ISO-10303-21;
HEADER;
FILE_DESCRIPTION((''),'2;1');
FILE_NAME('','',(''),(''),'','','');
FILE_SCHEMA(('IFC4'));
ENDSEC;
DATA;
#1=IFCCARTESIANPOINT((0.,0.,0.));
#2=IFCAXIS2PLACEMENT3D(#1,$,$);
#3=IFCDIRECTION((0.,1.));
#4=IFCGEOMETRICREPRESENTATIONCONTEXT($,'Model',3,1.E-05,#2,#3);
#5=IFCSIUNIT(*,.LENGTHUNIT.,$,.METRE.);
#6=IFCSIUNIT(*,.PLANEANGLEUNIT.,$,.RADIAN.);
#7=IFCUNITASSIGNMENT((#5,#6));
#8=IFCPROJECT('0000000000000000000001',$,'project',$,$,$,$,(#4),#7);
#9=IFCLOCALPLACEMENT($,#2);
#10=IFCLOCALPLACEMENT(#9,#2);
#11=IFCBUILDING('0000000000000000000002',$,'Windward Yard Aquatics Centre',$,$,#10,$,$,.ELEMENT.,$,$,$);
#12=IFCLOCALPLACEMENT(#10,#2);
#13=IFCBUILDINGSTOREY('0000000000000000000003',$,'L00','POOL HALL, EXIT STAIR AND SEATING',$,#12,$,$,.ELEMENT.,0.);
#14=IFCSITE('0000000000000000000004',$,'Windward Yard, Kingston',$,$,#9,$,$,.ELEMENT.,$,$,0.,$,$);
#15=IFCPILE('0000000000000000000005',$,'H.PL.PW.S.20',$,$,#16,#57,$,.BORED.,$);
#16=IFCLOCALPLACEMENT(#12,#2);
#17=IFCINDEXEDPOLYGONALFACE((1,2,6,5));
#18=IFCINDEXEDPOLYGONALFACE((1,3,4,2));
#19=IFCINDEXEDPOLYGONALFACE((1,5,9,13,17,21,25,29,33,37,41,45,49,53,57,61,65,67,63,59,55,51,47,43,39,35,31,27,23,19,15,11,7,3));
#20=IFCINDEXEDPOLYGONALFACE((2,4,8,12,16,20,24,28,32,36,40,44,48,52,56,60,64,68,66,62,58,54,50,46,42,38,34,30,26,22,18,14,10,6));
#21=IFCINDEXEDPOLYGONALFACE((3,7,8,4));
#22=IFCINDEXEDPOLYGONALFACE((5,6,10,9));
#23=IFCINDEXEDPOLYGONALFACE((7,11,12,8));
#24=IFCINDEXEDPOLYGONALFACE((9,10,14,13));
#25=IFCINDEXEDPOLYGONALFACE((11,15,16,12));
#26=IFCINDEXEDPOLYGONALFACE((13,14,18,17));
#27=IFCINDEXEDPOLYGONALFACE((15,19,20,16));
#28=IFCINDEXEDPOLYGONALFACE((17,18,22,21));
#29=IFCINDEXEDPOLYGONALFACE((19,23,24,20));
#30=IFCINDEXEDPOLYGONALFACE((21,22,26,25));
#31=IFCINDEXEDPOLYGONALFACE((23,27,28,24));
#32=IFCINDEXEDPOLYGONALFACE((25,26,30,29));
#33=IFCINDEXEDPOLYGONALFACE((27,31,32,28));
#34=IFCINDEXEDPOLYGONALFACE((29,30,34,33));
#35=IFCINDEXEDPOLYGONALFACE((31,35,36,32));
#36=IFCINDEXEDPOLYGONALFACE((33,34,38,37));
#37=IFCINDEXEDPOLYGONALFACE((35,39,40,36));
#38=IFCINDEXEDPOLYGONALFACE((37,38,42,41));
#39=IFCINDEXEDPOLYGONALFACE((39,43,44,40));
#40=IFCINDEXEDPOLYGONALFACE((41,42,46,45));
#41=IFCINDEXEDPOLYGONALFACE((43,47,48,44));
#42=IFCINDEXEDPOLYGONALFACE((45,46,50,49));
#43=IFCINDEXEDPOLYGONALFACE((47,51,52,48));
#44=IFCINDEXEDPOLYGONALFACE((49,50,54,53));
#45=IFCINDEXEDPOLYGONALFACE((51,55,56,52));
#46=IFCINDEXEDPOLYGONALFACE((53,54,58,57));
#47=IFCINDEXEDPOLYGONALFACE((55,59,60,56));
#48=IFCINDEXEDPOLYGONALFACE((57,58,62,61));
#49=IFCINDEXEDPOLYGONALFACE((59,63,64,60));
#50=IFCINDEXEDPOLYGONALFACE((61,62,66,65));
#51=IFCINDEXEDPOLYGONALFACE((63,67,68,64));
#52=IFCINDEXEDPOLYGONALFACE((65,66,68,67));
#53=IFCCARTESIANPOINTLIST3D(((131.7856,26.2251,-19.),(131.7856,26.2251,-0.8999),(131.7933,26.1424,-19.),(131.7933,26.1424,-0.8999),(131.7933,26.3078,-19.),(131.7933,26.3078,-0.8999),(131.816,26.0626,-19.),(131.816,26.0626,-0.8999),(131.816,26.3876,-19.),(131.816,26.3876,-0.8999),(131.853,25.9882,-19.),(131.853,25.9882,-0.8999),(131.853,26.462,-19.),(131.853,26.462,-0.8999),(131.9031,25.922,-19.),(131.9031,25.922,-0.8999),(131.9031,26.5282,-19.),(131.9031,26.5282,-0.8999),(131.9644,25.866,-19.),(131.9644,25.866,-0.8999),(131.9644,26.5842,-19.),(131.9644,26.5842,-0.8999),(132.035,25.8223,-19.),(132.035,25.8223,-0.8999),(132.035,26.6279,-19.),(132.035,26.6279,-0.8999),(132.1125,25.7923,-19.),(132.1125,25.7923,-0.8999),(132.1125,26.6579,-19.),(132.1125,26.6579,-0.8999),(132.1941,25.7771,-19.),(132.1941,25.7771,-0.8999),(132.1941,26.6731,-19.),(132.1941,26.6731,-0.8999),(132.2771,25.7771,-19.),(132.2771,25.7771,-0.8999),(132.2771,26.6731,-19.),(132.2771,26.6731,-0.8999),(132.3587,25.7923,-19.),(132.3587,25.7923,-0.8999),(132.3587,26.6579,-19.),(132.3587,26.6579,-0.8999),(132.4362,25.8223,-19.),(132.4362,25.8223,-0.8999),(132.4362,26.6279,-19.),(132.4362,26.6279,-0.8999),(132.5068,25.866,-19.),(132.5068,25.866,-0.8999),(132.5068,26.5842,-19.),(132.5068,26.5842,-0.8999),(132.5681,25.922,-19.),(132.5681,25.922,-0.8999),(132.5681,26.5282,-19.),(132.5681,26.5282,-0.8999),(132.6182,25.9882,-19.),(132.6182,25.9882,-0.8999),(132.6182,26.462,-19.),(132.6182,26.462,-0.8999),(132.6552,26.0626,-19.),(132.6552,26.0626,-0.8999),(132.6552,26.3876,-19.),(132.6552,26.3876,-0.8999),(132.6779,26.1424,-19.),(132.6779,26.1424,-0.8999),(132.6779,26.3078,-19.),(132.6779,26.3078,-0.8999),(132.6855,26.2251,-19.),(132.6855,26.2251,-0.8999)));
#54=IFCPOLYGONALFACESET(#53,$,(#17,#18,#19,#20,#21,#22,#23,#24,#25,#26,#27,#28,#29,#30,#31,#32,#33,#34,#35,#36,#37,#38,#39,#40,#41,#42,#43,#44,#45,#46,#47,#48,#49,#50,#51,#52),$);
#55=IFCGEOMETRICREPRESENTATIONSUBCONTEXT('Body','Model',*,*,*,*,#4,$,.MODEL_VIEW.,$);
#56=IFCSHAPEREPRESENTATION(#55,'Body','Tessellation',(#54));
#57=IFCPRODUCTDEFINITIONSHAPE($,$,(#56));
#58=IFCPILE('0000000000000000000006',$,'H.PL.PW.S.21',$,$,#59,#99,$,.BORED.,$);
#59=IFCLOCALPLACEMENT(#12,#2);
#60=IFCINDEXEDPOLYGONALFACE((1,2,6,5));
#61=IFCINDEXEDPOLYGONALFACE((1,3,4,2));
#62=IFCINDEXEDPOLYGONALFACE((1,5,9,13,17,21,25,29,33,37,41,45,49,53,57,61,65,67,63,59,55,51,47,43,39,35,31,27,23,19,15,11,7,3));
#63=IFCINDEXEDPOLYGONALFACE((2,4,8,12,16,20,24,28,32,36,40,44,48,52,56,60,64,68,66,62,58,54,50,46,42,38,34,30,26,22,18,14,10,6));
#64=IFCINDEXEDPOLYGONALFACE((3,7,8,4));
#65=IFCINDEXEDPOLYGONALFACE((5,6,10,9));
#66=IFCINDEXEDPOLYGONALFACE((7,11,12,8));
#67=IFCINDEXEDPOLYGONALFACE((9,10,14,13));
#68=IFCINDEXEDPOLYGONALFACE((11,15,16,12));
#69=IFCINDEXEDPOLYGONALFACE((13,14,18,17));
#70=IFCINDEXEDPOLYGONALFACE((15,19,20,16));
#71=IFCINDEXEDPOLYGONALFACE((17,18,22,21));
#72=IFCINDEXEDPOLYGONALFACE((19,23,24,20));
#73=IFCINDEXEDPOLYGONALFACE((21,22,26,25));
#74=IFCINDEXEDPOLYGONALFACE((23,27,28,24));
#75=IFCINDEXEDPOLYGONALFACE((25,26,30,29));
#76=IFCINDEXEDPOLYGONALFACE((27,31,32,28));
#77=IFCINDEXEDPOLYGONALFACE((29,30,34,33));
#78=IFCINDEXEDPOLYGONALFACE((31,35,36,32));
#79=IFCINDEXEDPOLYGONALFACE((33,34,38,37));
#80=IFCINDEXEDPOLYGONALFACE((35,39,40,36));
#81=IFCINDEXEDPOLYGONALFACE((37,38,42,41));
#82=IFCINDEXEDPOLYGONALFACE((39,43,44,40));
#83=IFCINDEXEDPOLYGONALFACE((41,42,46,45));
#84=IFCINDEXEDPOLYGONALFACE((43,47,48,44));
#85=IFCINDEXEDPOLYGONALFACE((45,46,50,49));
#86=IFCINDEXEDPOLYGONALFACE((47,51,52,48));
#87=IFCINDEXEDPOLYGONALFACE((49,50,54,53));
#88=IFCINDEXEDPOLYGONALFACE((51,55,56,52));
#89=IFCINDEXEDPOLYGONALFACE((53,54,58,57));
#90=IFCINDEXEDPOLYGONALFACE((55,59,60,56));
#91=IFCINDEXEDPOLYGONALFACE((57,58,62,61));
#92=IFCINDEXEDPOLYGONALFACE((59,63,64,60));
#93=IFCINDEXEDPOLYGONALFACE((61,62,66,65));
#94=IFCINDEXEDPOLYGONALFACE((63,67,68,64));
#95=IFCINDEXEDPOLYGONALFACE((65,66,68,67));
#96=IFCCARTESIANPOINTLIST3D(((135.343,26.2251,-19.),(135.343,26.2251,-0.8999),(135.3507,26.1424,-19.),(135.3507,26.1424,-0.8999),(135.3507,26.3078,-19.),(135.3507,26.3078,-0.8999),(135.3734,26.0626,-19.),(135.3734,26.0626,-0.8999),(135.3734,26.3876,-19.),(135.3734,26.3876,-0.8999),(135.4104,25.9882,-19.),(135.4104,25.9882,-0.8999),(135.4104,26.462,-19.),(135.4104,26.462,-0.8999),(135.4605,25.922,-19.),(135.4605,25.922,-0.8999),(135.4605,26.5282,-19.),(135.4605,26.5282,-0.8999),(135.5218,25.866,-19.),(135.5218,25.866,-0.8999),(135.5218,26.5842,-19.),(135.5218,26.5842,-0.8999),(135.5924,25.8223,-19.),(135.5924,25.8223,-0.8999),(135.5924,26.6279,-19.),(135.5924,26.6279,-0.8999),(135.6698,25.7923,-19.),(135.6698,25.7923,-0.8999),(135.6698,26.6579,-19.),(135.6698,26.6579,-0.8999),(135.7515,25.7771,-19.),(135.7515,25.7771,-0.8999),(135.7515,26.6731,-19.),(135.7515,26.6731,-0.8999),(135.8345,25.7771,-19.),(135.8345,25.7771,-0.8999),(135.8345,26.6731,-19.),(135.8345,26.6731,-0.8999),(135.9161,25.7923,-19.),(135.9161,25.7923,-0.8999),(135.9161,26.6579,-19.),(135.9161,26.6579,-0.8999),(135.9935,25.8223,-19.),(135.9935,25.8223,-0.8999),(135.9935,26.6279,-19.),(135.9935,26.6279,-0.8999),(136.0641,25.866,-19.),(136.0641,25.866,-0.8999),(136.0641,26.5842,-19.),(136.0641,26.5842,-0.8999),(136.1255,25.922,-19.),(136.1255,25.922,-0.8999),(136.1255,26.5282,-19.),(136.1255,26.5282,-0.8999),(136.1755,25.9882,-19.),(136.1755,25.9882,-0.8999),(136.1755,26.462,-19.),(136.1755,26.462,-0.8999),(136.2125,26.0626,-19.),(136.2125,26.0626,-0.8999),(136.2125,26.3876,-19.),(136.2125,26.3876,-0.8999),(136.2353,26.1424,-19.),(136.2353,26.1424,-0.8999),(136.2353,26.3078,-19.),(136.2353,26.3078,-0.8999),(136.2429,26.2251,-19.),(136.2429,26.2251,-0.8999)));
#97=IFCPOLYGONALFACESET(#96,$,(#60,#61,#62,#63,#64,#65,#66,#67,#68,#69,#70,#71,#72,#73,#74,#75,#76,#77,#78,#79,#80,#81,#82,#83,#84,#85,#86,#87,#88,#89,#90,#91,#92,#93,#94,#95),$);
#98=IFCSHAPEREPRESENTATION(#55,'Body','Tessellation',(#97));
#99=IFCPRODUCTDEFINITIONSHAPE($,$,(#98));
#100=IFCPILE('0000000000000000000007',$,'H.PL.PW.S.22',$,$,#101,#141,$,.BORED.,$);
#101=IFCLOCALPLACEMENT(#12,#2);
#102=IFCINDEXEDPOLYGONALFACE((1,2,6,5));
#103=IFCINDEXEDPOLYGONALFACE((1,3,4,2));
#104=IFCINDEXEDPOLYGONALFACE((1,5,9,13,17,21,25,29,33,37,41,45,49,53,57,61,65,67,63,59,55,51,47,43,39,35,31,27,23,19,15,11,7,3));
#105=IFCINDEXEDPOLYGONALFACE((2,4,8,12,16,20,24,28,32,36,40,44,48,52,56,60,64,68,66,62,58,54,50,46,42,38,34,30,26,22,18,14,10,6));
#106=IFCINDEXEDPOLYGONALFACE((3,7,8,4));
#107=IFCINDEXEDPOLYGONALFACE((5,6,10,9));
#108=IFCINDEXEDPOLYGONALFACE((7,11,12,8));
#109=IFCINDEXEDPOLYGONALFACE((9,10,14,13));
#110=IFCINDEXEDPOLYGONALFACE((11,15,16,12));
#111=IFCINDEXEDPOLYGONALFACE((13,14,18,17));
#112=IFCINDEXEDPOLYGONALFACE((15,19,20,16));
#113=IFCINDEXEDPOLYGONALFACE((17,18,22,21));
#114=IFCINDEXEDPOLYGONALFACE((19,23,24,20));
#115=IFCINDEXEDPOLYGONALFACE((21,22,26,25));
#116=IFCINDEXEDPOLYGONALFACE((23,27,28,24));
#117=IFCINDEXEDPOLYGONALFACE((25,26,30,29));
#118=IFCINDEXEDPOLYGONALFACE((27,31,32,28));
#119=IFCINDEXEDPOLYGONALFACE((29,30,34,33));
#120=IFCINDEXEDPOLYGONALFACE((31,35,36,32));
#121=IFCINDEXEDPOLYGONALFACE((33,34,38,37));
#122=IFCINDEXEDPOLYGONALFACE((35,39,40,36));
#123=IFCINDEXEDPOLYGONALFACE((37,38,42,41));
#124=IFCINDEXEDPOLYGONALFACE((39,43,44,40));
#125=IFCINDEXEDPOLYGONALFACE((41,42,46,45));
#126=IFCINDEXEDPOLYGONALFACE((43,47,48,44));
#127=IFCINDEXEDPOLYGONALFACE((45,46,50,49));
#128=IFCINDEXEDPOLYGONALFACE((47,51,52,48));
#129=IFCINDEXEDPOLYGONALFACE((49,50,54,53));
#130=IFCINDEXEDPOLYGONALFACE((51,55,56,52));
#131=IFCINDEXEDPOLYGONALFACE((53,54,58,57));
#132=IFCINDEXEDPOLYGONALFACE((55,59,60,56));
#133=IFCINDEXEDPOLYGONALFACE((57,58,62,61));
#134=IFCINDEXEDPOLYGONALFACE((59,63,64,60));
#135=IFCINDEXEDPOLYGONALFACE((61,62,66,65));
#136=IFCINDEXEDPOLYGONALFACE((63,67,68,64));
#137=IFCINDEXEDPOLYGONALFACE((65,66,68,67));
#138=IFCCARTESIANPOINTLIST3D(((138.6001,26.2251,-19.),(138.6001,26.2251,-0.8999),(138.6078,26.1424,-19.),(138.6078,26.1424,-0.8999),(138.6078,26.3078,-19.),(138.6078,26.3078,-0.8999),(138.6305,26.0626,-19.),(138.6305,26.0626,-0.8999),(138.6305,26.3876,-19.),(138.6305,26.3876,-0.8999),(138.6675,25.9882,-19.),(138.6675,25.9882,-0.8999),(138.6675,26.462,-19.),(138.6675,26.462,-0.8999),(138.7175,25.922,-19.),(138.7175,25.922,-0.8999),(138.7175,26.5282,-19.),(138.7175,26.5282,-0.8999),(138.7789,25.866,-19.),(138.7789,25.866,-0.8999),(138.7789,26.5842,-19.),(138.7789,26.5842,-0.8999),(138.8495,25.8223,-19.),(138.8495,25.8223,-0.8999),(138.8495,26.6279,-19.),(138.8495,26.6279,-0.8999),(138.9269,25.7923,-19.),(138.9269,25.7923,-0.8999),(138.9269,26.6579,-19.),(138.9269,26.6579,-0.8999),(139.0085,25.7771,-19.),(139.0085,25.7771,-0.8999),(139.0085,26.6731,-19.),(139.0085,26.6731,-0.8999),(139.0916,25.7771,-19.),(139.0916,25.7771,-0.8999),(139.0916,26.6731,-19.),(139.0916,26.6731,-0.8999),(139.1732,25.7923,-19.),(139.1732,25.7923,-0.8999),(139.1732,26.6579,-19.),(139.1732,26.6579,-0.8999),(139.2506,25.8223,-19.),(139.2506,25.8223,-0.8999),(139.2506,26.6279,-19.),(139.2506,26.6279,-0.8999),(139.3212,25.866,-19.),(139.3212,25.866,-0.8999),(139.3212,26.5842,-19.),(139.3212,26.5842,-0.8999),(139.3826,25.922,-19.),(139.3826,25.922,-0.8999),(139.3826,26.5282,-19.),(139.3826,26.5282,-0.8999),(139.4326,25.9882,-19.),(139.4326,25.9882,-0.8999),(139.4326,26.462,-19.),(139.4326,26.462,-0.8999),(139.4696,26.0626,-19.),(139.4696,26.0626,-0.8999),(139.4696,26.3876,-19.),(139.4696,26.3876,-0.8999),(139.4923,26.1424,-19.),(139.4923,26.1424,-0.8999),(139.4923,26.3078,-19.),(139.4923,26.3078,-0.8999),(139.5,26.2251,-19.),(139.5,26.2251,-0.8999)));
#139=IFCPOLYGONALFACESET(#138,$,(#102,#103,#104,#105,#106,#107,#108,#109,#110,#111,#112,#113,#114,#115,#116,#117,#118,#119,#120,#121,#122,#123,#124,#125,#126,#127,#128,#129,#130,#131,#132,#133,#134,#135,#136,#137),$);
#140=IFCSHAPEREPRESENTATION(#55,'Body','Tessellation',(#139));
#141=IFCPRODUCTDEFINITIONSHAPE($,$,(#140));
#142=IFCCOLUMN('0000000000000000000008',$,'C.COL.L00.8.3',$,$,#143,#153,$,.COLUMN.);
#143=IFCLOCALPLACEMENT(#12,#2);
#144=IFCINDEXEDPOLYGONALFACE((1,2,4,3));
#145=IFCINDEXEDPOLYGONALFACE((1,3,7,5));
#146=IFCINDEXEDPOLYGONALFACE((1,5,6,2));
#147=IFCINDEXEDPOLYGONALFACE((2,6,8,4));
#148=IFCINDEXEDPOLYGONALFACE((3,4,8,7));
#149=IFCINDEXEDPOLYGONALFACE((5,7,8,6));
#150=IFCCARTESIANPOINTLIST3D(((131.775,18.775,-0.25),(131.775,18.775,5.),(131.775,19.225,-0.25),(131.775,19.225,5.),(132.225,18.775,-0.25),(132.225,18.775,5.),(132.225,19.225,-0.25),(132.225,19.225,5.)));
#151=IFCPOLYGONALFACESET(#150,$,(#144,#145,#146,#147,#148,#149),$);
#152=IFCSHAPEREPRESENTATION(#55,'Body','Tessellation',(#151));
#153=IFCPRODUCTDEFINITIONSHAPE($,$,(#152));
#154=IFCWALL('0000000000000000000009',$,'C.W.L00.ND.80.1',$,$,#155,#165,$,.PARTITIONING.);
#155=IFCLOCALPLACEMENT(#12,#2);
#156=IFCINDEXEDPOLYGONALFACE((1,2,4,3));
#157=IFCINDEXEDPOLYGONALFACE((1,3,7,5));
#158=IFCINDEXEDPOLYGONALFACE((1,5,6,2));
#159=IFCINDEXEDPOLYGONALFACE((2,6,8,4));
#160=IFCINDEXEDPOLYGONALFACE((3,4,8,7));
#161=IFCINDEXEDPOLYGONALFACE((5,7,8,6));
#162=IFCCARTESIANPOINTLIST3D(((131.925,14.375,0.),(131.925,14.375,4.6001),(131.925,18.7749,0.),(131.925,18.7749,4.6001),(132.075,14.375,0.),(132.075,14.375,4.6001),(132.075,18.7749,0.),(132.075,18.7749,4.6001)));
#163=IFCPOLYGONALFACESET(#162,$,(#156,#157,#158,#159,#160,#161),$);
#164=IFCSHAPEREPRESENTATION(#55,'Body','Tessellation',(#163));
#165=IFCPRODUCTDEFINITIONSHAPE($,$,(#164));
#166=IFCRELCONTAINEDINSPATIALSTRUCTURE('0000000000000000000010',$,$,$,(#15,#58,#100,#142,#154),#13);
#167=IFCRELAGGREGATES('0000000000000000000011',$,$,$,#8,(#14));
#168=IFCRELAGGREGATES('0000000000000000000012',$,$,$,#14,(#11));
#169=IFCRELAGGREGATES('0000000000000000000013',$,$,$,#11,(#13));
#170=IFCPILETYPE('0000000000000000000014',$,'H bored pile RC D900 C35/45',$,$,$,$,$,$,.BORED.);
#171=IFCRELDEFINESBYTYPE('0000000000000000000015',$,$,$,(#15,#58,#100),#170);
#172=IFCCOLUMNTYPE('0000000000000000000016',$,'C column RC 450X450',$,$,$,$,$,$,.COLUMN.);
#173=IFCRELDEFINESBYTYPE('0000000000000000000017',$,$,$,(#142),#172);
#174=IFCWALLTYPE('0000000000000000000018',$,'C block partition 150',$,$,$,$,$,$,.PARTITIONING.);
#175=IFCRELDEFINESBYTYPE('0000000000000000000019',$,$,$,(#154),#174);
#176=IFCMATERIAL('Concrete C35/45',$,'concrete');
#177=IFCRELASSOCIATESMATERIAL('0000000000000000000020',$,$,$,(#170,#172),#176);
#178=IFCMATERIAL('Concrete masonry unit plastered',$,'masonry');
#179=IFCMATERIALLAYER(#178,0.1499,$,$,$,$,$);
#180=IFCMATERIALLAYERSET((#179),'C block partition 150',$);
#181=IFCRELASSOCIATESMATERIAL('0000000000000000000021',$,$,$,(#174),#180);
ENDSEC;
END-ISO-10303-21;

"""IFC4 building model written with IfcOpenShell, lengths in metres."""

from ifc_helpers import new_model, si_unit, direction, frame, frame_2d, origin, origin_2d, place, context, subcontext, project, spatial, rectangle, circle, extrude, material, layer, layer_set, material_profile, profile_set, type_object, element, save


model = new_model("IFC4")

# Units and contexts
model_context = context("Model", 3, precision=1e-05, world=origin(), true_north=direction((0.0, 1.0)))
body_context = subcontext(model_context, "Body", "Model", "MODEL_VIEW")
ifc_project = project(units=[si_unit("LENGTHUNIT", "METRE"), si_unit("PLANEANGLEUNIT", "RADIAN")], contexts=[model_context])

# Site, building, storey
site_placement = place(None, origin())
site = spatial("IfcSite", under=ifc_project, at=site_placement, Name="Windward Yard, Kingston", CompositionType="ELEMENT", RefElevation=0.0)
building_placement = place(site_placement, origin())
building = spatial("IfcBuilding", under=site, at=building_placement, Name="Windward Yard Aquatics Centre", CompositionType="ELEMENT")
storey_placement = place(building_placement, origin())
storey = spatial("IfcBuildingStorey", under=building, at=storey_placement, Name="L00", Description="POOL HALL, EXIT STAIR AND SEATING", CompositionType="ELEMENT", Elevation=0.0)

# Shared definitions
ifc_material_1 = material(Name="Concrete C35/45", Category="concrete")

# Piles
ifc_material_profile_1 = material_profile(ifc_material_1, circle(Radius=0.45, at=origin_2d()), Name="RC D900")
ifc_profile_set_1 = profile_set([ifc_material_profile_1], Name="Concrete C35/45")
pile_type_1 = type_object("IfcPileType", Name="H bored pile RC D900 C35/45", PredefinedType="BORED", material=ifc_profile_set_1)
for number, where, z_axis, x_axis, name in (
    (1, (132.2356, 26.2251, -0.8999), (0.0, 0.0, -1.0), (1.0, 0.0, 0.0), "H.PL.PW.S.20"),
    (2, (135.793, 26.2251, -0.8999), (0.0, 0.0, -1.0), (1.0, 0.0, 0.0), "H.PL.PW.S.21"),
    (3, (139.05, 26.2251, -0.8999), (0.0, 0.0, -1.0), (1.0, 0.0, 0.0), "H.PL.PW.S.22"),
):
    element("IfcPile", number, at=place(storey_placement, frame(where, z_axis=z_axis, x_axis=x_axis)), inside=storey, type_object=pile_type_1, Name=name, PredefinedType="BORED", context=body_context, shape_type="SweptSolid", body=[
        extrude(circle(Radius=0.45, at=origin_2d()), origin(), (0.0, 0.0, 1.0), 18.1001),
    ])

# Column
ifc_material_profile_2 = material_profile(ifc_material_1, rectangle(XDim=0.45, YDim=0.45, at=origin_2d()), Name="RC 450X450")
ifc_profile_set_2 = profile_set([ifc_material_profile_2], Name="Concrete C35/45")
column_type = type_object("IfcColumnType", Name="C column RC 450X450", PredefinedType="COLUMN", material=ifc_profile_set_2)
column_placement = place(storey_placement, frame((132.0, 19.0, -0.25), z_axis=(0.0, 0.0, 1.0), x_axis=(1.0, 0.0, 0.0)))
element("IfcColumn", 4, at=column_placement, inside=storey, type_object=column_type, Name="C.COL.L00.8.3", PredefinedType="COLUMN", context=body_context, shape_type="SweptSolid", body=[
    extrude(rectangle(XDim=0.45, YDim=0.45, at=origin_2d()), origin(), (0.0, 0.0, 1.0), 5.25),
])

# Wall
ifc_material_2 = material(Name="Concrete masonry unit plastered", Category="masonry")
ifc_layer_1 = layer(ifc_material_2, 0.1499)
ifc_layer_set_1 = layer_set([ifc_layer_1], Name="C block partition 150")
wall_type_1 = type_object("IfcWallType", Name="C block partition 150", PredefinedType="PARTITIONING", material=ifc_layer_set_1)
wall_1_placement = place(storey_placement, frame((132.0, 14.375, 0.0), z_axis=(0.0, 0.0, 1.0), x_axis=(0.0, 1.0, 0.0)))
element("IfcWall", 5, at=wall_1_placement, inside=storey, type_object=wall_type_1, Name="C.W.L00.ND.80.1", PredefinedType="PARTITIONING", context=body_context, shape_type="SweptSolid", body=[
    extrude(rectangle(XDim=4.3999, YDim=0.1499, at=frame_2d((2.2, 0.0))), origin(), (0.0, 0.0, 1.0), 4.6001),
])

save(model, "model.ifc")
